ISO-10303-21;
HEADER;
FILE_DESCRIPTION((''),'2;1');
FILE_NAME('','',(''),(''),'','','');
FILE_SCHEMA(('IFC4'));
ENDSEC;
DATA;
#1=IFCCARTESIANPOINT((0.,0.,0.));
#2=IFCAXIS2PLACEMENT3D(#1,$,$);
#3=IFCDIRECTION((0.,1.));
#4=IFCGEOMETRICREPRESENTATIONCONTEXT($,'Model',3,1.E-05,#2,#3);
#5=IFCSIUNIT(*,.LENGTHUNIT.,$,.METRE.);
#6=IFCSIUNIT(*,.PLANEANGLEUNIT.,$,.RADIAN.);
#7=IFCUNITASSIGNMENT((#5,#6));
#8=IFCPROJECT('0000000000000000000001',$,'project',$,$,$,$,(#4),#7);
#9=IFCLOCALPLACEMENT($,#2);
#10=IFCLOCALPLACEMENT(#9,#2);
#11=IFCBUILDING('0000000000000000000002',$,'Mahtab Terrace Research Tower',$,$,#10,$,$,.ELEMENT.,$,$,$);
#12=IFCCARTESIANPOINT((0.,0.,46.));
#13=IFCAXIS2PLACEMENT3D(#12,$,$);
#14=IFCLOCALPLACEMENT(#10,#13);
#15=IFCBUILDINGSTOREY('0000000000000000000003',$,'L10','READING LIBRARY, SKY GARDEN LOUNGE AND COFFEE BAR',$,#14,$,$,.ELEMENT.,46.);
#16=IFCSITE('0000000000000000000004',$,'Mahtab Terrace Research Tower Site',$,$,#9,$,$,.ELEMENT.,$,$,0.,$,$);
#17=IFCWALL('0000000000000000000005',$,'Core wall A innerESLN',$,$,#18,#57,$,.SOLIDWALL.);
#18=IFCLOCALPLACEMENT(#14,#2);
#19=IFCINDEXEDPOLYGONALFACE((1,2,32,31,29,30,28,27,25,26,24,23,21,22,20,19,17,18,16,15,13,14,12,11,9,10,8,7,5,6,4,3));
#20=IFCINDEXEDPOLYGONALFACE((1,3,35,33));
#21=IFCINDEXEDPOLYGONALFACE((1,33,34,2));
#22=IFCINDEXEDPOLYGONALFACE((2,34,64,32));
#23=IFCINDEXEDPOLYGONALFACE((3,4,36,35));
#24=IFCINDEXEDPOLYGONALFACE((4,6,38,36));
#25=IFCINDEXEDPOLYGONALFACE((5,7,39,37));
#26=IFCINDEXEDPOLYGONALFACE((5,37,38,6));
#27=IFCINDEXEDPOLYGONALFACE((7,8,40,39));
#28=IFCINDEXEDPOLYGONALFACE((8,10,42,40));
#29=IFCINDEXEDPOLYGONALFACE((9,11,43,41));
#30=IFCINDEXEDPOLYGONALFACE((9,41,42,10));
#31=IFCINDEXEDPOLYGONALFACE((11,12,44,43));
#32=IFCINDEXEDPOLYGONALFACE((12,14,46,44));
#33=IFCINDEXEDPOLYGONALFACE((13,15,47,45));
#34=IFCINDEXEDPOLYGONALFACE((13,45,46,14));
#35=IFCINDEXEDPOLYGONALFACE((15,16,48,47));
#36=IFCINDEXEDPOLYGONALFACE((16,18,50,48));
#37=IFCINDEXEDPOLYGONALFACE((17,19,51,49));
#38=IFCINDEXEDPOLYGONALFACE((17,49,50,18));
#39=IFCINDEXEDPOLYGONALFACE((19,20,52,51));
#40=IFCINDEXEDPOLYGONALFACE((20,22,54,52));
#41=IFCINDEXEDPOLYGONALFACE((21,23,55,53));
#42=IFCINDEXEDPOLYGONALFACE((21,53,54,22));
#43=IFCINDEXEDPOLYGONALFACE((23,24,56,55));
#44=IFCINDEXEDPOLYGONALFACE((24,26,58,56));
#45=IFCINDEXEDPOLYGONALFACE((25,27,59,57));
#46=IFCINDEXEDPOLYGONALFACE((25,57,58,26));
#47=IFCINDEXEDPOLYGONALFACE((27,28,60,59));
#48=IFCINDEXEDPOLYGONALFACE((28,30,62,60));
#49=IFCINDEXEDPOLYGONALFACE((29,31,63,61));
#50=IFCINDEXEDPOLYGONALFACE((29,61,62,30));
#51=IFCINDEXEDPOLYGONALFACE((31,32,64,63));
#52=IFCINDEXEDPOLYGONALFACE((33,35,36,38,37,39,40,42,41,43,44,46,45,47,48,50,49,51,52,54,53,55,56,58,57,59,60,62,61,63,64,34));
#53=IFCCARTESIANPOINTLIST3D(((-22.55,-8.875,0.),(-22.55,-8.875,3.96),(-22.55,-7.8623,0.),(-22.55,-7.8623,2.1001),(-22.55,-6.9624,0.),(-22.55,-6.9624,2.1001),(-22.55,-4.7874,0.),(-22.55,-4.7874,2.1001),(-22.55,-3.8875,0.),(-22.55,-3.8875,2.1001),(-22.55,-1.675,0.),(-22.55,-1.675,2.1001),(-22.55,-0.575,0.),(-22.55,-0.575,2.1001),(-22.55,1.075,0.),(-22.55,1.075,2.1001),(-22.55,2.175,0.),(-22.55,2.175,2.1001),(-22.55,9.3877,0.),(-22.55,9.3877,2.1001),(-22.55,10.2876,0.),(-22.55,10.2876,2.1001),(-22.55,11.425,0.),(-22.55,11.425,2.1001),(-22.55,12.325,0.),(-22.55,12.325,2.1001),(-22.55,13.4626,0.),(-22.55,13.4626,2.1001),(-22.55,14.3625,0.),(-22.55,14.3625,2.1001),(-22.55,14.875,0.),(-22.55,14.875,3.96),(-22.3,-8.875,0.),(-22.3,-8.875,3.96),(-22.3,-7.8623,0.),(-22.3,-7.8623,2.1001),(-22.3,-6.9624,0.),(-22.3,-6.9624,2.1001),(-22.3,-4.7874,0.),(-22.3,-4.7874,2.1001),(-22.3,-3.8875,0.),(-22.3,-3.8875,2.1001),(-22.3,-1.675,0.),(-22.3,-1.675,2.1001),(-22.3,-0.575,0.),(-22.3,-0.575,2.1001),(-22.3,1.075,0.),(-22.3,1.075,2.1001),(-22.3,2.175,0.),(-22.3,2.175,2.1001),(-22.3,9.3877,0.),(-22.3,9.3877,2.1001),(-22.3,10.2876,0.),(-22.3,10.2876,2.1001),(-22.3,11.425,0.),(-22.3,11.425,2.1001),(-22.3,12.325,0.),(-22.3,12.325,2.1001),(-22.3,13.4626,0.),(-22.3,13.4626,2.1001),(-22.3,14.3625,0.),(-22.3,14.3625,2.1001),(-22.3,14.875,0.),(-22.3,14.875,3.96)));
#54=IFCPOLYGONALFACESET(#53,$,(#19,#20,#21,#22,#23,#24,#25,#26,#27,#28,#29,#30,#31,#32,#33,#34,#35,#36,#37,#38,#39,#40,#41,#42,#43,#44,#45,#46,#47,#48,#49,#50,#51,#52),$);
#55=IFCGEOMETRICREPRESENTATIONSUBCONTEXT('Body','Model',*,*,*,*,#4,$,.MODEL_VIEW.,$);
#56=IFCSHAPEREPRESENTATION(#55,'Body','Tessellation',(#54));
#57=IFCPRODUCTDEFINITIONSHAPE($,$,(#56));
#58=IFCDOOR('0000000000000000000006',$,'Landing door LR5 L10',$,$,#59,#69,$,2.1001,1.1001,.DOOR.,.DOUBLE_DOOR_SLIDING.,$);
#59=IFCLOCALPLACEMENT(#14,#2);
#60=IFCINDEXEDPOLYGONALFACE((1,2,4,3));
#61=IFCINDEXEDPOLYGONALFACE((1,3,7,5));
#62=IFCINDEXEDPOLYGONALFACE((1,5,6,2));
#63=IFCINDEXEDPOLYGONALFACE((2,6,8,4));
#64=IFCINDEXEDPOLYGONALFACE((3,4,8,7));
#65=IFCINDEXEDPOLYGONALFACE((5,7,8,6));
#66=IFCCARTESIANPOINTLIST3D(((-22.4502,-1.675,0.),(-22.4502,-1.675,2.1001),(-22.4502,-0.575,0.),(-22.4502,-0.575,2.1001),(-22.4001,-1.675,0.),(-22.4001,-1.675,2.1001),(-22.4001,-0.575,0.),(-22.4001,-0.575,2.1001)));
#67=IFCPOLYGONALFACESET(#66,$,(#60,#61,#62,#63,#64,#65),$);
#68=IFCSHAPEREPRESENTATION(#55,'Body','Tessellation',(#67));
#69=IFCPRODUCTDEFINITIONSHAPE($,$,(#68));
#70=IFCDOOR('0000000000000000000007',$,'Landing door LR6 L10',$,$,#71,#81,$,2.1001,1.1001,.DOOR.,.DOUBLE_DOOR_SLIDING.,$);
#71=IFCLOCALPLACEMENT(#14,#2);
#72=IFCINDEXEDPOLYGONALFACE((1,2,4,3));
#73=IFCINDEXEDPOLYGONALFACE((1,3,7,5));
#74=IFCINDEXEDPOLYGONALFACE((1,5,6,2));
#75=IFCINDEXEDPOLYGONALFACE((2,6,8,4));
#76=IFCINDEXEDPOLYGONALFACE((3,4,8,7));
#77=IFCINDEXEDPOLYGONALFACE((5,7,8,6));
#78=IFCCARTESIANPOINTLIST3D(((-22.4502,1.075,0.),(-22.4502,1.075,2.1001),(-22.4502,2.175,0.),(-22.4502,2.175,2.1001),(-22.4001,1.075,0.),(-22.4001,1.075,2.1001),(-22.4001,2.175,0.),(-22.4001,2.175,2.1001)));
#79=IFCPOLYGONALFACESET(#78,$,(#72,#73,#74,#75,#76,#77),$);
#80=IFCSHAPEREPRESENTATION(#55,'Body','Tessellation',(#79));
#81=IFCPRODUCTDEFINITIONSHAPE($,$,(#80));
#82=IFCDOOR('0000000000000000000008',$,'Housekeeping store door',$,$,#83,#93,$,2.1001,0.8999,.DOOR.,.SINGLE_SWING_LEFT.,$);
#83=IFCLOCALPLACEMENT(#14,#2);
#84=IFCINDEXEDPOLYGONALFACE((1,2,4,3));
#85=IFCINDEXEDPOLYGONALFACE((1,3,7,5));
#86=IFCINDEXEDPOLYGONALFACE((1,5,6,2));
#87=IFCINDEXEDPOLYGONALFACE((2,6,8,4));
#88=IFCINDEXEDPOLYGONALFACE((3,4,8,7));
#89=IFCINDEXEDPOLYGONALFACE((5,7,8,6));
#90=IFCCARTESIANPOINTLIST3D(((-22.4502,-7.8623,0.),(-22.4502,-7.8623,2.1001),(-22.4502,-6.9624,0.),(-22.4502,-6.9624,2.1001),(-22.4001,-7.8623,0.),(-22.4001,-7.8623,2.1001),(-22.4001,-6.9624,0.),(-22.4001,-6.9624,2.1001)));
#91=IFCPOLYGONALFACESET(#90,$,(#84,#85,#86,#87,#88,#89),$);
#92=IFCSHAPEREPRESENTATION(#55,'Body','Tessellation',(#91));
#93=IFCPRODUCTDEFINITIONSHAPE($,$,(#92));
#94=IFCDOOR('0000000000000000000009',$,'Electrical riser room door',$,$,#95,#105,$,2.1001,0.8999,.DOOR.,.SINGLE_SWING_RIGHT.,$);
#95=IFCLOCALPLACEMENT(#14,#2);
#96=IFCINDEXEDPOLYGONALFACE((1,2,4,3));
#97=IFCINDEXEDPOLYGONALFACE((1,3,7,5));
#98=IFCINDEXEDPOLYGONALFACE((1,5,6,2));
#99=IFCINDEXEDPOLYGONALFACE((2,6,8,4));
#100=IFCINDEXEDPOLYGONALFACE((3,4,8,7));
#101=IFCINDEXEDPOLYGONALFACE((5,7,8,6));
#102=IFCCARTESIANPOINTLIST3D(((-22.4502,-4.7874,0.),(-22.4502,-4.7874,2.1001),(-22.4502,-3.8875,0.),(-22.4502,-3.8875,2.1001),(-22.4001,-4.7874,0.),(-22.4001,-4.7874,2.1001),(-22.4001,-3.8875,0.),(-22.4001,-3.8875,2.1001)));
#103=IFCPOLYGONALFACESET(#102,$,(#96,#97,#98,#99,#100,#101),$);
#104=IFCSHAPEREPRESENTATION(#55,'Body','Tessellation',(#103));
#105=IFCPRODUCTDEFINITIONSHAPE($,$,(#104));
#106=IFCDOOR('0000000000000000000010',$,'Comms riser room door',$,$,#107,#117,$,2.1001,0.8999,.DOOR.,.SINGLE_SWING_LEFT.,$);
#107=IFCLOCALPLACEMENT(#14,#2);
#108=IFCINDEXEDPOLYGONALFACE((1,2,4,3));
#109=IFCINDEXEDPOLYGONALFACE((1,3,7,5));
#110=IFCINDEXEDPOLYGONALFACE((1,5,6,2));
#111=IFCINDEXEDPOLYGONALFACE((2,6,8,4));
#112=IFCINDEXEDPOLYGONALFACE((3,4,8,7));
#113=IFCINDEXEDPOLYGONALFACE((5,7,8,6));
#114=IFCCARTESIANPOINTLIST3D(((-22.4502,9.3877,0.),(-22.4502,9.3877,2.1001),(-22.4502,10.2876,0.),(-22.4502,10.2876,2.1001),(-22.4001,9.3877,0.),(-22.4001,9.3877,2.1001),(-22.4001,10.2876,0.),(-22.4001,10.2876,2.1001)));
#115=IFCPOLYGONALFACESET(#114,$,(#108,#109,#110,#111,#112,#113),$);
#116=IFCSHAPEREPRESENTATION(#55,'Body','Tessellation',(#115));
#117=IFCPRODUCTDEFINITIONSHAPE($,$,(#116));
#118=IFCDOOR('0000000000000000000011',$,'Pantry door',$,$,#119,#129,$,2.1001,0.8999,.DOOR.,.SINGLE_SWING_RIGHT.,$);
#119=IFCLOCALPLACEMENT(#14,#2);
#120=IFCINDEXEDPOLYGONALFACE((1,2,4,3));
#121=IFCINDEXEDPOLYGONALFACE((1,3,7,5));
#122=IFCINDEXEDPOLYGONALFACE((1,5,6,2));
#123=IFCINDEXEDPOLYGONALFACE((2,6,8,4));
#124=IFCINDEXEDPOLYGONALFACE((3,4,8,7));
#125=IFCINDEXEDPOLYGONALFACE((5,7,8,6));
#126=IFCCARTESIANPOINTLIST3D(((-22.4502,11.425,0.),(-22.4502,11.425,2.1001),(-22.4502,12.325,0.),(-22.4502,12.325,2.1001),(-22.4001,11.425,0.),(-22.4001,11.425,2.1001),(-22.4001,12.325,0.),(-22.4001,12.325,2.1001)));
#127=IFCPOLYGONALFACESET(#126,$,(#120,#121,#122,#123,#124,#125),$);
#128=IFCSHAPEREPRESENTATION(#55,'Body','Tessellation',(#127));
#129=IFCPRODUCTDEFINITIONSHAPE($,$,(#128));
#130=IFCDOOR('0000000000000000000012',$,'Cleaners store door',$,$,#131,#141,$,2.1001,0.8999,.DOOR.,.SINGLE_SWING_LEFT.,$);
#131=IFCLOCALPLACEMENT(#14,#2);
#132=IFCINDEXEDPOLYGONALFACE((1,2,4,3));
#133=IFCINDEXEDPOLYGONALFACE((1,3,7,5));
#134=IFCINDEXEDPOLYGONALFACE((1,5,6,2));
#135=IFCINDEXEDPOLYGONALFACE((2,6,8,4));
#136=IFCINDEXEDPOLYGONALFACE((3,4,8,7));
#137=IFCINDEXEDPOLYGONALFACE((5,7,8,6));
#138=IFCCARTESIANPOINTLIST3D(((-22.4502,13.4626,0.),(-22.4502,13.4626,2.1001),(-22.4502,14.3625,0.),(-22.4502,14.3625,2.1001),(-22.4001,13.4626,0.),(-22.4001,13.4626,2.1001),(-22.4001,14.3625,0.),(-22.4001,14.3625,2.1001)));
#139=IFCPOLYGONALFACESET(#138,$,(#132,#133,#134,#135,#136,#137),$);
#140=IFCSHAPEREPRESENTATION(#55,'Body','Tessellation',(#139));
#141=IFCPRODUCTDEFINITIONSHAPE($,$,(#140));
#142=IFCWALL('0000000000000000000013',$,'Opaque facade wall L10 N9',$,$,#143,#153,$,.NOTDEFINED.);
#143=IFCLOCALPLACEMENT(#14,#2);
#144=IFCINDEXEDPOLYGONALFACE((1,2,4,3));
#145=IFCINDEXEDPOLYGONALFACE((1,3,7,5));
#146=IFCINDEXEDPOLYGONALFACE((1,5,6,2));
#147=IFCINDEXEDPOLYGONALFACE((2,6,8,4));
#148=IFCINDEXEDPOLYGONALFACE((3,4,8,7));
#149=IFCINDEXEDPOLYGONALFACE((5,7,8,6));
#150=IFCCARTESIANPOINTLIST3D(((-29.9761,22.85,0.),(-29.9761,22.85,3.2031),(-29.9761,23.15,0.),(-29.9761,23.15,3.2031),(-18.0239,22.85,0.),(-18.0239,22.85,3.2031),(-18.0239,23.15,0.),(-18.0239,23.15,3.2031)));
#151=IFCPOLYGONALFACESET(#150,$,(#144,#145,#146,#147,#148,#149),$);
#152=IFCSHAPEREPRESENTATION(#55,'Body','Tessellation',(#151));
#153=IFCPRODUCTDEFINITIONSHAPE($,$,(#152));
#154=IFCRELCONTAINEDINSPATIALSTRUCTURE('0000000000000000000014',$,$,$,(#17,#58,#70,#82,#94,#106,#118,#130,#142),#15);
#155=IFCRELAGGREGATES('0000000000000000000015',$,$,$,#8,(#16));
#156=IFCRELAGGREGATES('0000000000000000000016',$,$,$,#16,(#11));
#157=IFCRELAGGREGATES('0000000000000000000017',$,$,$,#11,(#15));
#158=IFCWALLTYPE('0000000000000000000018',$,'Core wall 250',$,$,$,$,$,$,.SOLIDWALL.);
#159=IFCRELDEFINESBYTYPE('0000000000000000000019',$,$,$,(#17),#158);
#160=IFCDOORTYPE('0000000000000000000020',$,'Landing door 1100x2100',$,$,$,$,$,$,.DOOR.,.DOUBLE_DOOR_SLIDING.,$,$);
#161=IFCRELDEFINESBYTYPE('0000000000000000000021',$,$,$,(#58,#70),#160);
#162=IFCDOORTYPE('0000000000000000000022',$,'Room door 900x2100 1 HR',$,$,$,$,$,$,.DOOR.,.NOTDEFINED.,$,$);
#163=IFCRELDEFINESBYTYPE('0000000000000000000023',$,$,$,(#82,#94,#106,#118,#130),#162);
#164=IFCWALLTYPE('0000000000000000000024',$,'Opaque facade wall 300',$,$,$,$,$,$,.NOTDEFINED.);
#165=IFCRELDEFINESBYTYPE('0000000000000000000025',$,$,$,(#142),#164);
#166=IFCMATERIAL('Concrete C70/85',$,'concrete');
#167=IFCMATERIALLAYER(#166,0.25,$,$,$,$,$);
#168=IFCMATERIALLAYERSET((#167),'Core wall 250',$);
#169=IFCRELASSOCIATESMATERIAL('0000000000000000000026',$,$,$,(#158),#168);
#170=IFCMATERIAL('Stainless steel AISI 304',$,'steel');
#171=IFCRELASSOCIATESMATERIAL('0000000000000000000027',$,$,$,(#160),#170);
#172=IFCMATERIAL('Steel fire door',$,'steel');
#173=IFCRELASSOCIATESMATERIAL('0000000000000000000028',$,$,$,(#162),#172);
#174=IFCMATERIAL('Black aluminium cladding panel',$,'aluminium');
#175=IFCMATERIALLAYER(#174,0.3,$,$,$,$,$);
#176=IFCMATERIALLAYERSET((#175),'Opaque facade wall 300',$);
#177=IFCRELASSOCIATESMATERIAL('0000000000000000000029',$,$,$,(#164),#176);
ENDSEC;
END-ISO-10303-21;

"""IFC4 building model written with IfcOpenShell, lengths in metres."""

from ifc_helpers import new_model, si_unit, direction, frame, frame_2d, origin, place, context, subcontext, project, spatial, rectangle, extrude, material, layer, layer_set, type_object, element, fill, save


model = new_model("IFC4")

# Units and contexts
model_context = context("Model", 3, precision=1e-05, world=origin(), true_north=direction((0.0, 1.0)))
body_context = subcontext(model_context, "Body", "Model", "MODEL_VIEW")
ifc_project = project(units=[si_unit("LENGTHUNIT", "METRE"), si_unit("PLANEANGLEUNIT", "RADIAN")], contexts=[model_context])

# Site, building, storey
site_placement = place(None, origin())
site = spatial("IfcSite", under=ifc_project, at=site_placement, Name="Mahtab Terrace Research Tower Site", CompositionType="ELEMENT", RefElevation=0.0)
building_placement = place(site_placement, origin())
building = spatial("IfcBuilding", under=site, at=building_placement, Name="Mahtab Terrace Research Tower", CompositionType="ELEMENT")
storey_placement = place(building_placement, frame((0.0, 0.0, 46.0)))
storey = spatial("IfcBuildingStorey", under=building, at=storey_placement, Name="L10", Description="READING LIBRARY, SKY GARDEN LOUNGE AND COFFEE BAR", CompositionType="ELEMENT", Elevation=46.0)

# Shared definitions
ifc_material_1 = material(Name="Concrete C70/85", Category="concrete")
ifc_layer_1 = layer(ifc_material_1, 0.25)
ifc_layer_set_1 = layer_set([ifc_layer_1], Name="Core wall 250")
wall_type_1 = type_object("IfcWallType", Name="Core wall 250", PredefinedType="SOLIDWALL", material=ifc_layer_set_1)
ifc_material_2 = material(Name="Steel fire door", Category="steel")

# Wall, openings, doors
wall_1_placement = place(storey_placement, frame((-22.425, 14.875, 0.0), z_axis=(0.0, 0.0, 1.0), x_axis=(0.0, -1.0, 0.0)))
wall_1 = element("IfcWall", 1, at=wall_1_placement, inside=storey, type_object=wall_type_1, Name="Core wall A innerESLN", PredefinedType="SOLIDWALL", context=body_context, shape_type="SweptSolid", body=[
    extrude(rectangle(XDim=23.75, YDim=0.25, at=frame_2d((11.875, 0.0))), origin(), (0.0, 0.0, 1.0), 3.96),
])
opening_1_placement = place(wall_1_placement, frame((15.45, 0.0, 0.0)))
opening_1 = element("IfcOpeningElement", 2, at=opening_1_placement, cuts=wall_1, PredefinedType="OPENING", context=body_context, shape_type="SweptSolid", body=[
    extrude(rectangle(XDim=1.1001, YDim=2.1001, at=frame_2d((0.55, 1.05))), frame((0.0, 0.135, 0.0), z_axis=(0.0, -1.0, 0.0), x_axis=(1.0, 0.0, 0.0)), (0.0, 0.0, 1.0), 0.27),
])
opening_2_placement = place(wall_1_placement, frame((12.7, 0.0, 0.0)))
opening_2 = element("IfcOpeningElement", 3, at=opening_2_placement, cuts=wall_1, PredefinedType="OPENING", context=body_context, shape_type="SweptSolid", body=[
    extrude(rectangle(XDim=1.1001, YDim=2.1001, at=frame_2d((0.55, 1.05))), frame((0.0, 0.135, 0.0), z_axis=(0.0, -1.0, 0.0), x_axis=(1.0, 0.0, 0.0)), (0.0, 0.0, 1.0), 0.27),
])
opening_3_placement = place(wall_1_placement, frame((21.8374, 0.0, 0.0)))
opening_3 = element("IfcOpeningElement", 4, at=opening_3_placement, cuts=wall_1, PredefinedType="OPENING", context=body_context, shape_type="SweptSolid", body=[
    extrude(rectangle(XDim=0.8999, YDim=2.1001, at=frame_2d((0.45, 1.05))), frame((0.0, 0.135, 0.0), z_axis=(0.0, -1.0, 0.0), x_axis=(1.0, 0.0, 0.0)), (0.0, 0.0, 1.0), 0.27),
])
opening_4_placement = place(wall_1_placement, frame((18.7625, 0.0, 0.0)))
opening_4 = element("IfcOpeningElement", 5, at=opening_4_placement, cuts=wall_1, PredefinedType="OPENING", context=body_context, shape_type="SweptSolid", body=[
    extrude(rectangle(XDim=0.8999, YDim=2.1001, at=frame_2d((0.45, 1.05))), frame((0.0, 0.135, 0.0), z_axis=(0.0, -1.0, 0.0), x_axis=(1.0, 0.0, 0.0)), (0.0, 0.0, 1.0), 0.27),
])
opening_5_placement = place(wall_1_placement, frame((4.5874, 0.0, 0.0)))
opening_5 = element("IfcOpeningElement", 6, at=opening_5_placement, cuts=wall_1, PredefinedType="OPENING", context=body_context, shape_type="SweptSolid", body=[
    extrude(rectangle(XDim=0.8999, YDim=2.1001, at=frame_2d((0.45, 1.05))), frame((0.0, 0.135, 0.0), z_axis=(0.0, -1.0, 0.0), x_axis=(1.0, 0.0, 0.0)), (0.0, 0.0, 1.0), 0.27),
])
opening_6_placement = place(wall_1_placement, frame((2.55, 0.0, 0.0)))
opening_6 = element("IfcOpeningElement", 7, at=opening_6_placement, cuts=wall_1, PredefinedType="OPENING", context=body_context, shape_type="SweptSolid", body=[
    extrude(rectangle(XDim=0.8999, YDim=2.1001, at=frame_2d((0.45, 1.05))), frame((0.0, 0.135, 0.0), z_axis=(0.0, -1.0, 0.0), x_axis=(1.0, 0.0, 0.0)), (0.0, 0.0, 1.0), 0.27),
])
opening_7_placement = place(wall_1_placement, frame((0.5125, 0.0, 0.0)))
opening_7 = element("IfcOpeningElement", 8, at=opening_7_placement, cuts=wall_1, PredefinedType="OPENING", context=body_context, shape_type="SweptSolid", body=[
    extrude(rectangle(XDim=0.8999, YDim=2.1001, at=frame_2d((0.45, 1.05))), frame((0.0, 0.135, 0.0), z_axis=(0.0, -1.0, 0.0), x_axis=(1.0, 0.0, 0.0)), (0.0, 0.0, 1.0), 0.27),
])
ifc_material_3 = material(Name="Stainless steel AISI 304", Category="steel")
door_type_1 = type_object("IfcDoorType", Name="Landing door 1100x2100", OperationType="DOUBLE_DOOR_SLIDING", PredefinedType="DOOR", material=ifc_material_3)
door_1_placement = place(opening_1_placement, origin())
door_1 = element("IfcDoor", 9, at=door_1_placement, inside=storey, type_object=door_type_1, Name="Landing door LR5 L10", OperationType="DOUBLE_DOOR_SLIDING", OverallHeight=2.1001, OverallWidth=1.1001, PredefinedType="DOOR", context=body_context, shape_type="SweptSolid", body=[
    extrude(rectangle(XDim=1.1001, YDim=2.1001, at=frame_2d((0.55, 1.05))), frame((0.0, 0.0249, 0.0), z_axis=(0.0, -1.0, 0.0), x_axis=(1.0, 0.0, 0.0)), (0.0, 0.0, 1.0), 0.05),
])
fill(opening_1, door_1)
door_2_placement = place(opening_2_placement, origin())
door_2 = element("IfcDoor", 10, at=door_2_placement, inside=storey, type_object=door_type_1, Name="Landing door LR6 L10", OperationType="DOUBLE_DOOR_SLIDING", OverallHeight=2.1001, OverallWidth=1.1001, PredefinedType="DOOR", context=body_context, shape_type="SweptSolid", body=[
    extrude(rectangle(XDim=1.1001, YDim=2.1001, at=frame_2d((0.55, 1.05))), frame((0.0, 0.0249, 0.0), z_axis=(0.0, -1.0, 0.0), x_axis=(1.0, 0.0, 0.0)), (0.0, 0.0, 1.0), 0.05),
])
fill(opening_2, door_2)
door_type_2 = type_object("IfcDoorType", Name="Room door 900x2100 1 HR", OperationType="NOTDEFINED", PredefinedType="DOOR", material=ifc_material_2)
door_3_placement = place(opening_3_placement, origin())
door_3 = element("IfcDoor", 11, at=door_3_placement, inside=storey, type_object=door_type_2, Name="Housekeeping store door", OperationType="SINGLE_SWING_LEFT", OverallHeight=2.1001, OverallWidth=0.8999, PredefinedType="DOOR", context=body_context, shape_type="SweptSolid", body=[
    extrude(rectangle(XDim=0.8999, YDim=2.1001, at=frame_2d((0.45, 1.05))), frame((0.0, 0.0249, 0.0), z_axis=(0.0, -1.0, 0.0), x_axis=(1.0, 0.0, 0.0)), (0.0, 0.0, 1.0), 0.05),
])
fill(opening_3, door_3)
door_4_placement = place(opening_4_placement, origin())
door_4 = element("IfcDoor", 12, at=door_4_placement, inside=storey, type_object=door_type_2, Name="Electrical riser room door", OperationType="SINGLE_SWING_RIGHT", OverallHeight=2.1001, OverallWidth=0.8999, PredefinedType="DOOR", context=body_context, shape_type="SweptSolid", body=[
    extrude(rectangle(XDim=0.8999, YDim=2.1001, at=frame_2d((0.45, 1.05))), frame((0.0, 0.0249, 0.0), z_axis=(0.0, -1.0, 0.0), x_axis=(1.0, 0.0, 0.0)), (0.0, 0.0, 1.0), 0.05),
])
fill(opening_4, door_4)
door_5_placement = place(opening_5_placement, origin())
door_5 = element("IfcDoor", 13, at=door_5_placement, inside=storey, type_object=door_type_2, Name="Comms riser room door", OperationType="SINGLE_SWING_LEFT", OverallHeight=2.1001, OverallWidth=0.8999, PredefinedType="DOOR", context=body_context, shape_type="SweptSolid", body=[
    extrude(rectangle(XDim=0.8999, YDim=2.1001, at=frame_2d((0.45, 1.05))), frame((0.0, 0.0249, 0.0), z_axis=(0.0, -1.0, 0.0), x_axis=(1.0, 0.0, 0.0)), (0.0, 0.0, 1.0), 0.05),
])
fill(opening_5, door_5)
door_6_placement = place(opening_6_placement, origin())
door_6 = element("IfcDoor", 14, at=door_6_placement, inside=storey, type_object=door_type_2, Name="Pantry door", OperationType="SINGLE_SWING_RIGHT", OverallHeight=2.1001, OverallWidth=0.8999, PredefinedType="DOOR", context=body_context, shape_type="SweptSolid", body=[
    extrude(rectangle(XDim=0.8999, YDim=2.1001, at=frame_2d((0.45, 1.05))), frame((0.0, 0.0249, 0.0), z_axis=(0.0, -1.0, 0.0), x_axis=(1.0, 0.0, 0.0)), (0.0, 0.0, 1.0), 0.05),
])
fill(opening_6, door_6)
door_7_placement = place(opening_7_placement, origin())
door_7 = element("IfcDoor", 15, at=door_7_placement, inside=storey, type_object=door_type_2, Name="Cleaners store door", OperationType="SINGLE_SWING_LEFT", OverallHeight=2.1001, OverallWidth=0.8999, PredefinedType="DOOR", context=body_context, shape_type="SweptSolid", body=[
    extrude(rectangle(XDim=0.8999, YDim=2.1001, at=frame_2d((0.45, 1.05))), frame((0.0, 0.0249, 0.0), z_axis=(0.0, -1.0, 0.0), x_axis=(1.0, 0.0, 0.0)), (0.0, 0.0, 1.0), 0.05),
])
fill(opening_7, door_7)

# Wall
ifc_material_4 = material(Name="Black aluminium cladding panel", Category="aluminium")
ifc_layer_2 = layer(ifc_material_4, 0.3)
ifc_layer_set_2 = layer_set([ifc_layer_2], Name="Opaque facade wall 300")
wall_type_2 = type_object("IfcWallType", Name="Opaque facade wall 300", PredefinedType="NOTDEFINED", material=ifc_layer_set_2)
wall_2_placement = place(storey_placement, frame((-18.0239, 23.0, 0.0), z_axis=(0.0, 0.0, 1.0), x_axis=(-1.0, 0.0, 0.0)))
element("IfcWall", 16, at=wall_2_placement, inside=storey, type_object=wall_type_2, Name="Opaque facade wall L10 N9", PredefinedType="NOTDEFINED", context=body_context, shape_type="SweptSolid", body=[
    extrude(rectangle(XDim=11.9521, YDim=0.3, at=frame_2d((5.9761, 0.0))), origin(), (0.0, 0.0, 1.0), 3.2031),
])

save(model, "model.ifc")
